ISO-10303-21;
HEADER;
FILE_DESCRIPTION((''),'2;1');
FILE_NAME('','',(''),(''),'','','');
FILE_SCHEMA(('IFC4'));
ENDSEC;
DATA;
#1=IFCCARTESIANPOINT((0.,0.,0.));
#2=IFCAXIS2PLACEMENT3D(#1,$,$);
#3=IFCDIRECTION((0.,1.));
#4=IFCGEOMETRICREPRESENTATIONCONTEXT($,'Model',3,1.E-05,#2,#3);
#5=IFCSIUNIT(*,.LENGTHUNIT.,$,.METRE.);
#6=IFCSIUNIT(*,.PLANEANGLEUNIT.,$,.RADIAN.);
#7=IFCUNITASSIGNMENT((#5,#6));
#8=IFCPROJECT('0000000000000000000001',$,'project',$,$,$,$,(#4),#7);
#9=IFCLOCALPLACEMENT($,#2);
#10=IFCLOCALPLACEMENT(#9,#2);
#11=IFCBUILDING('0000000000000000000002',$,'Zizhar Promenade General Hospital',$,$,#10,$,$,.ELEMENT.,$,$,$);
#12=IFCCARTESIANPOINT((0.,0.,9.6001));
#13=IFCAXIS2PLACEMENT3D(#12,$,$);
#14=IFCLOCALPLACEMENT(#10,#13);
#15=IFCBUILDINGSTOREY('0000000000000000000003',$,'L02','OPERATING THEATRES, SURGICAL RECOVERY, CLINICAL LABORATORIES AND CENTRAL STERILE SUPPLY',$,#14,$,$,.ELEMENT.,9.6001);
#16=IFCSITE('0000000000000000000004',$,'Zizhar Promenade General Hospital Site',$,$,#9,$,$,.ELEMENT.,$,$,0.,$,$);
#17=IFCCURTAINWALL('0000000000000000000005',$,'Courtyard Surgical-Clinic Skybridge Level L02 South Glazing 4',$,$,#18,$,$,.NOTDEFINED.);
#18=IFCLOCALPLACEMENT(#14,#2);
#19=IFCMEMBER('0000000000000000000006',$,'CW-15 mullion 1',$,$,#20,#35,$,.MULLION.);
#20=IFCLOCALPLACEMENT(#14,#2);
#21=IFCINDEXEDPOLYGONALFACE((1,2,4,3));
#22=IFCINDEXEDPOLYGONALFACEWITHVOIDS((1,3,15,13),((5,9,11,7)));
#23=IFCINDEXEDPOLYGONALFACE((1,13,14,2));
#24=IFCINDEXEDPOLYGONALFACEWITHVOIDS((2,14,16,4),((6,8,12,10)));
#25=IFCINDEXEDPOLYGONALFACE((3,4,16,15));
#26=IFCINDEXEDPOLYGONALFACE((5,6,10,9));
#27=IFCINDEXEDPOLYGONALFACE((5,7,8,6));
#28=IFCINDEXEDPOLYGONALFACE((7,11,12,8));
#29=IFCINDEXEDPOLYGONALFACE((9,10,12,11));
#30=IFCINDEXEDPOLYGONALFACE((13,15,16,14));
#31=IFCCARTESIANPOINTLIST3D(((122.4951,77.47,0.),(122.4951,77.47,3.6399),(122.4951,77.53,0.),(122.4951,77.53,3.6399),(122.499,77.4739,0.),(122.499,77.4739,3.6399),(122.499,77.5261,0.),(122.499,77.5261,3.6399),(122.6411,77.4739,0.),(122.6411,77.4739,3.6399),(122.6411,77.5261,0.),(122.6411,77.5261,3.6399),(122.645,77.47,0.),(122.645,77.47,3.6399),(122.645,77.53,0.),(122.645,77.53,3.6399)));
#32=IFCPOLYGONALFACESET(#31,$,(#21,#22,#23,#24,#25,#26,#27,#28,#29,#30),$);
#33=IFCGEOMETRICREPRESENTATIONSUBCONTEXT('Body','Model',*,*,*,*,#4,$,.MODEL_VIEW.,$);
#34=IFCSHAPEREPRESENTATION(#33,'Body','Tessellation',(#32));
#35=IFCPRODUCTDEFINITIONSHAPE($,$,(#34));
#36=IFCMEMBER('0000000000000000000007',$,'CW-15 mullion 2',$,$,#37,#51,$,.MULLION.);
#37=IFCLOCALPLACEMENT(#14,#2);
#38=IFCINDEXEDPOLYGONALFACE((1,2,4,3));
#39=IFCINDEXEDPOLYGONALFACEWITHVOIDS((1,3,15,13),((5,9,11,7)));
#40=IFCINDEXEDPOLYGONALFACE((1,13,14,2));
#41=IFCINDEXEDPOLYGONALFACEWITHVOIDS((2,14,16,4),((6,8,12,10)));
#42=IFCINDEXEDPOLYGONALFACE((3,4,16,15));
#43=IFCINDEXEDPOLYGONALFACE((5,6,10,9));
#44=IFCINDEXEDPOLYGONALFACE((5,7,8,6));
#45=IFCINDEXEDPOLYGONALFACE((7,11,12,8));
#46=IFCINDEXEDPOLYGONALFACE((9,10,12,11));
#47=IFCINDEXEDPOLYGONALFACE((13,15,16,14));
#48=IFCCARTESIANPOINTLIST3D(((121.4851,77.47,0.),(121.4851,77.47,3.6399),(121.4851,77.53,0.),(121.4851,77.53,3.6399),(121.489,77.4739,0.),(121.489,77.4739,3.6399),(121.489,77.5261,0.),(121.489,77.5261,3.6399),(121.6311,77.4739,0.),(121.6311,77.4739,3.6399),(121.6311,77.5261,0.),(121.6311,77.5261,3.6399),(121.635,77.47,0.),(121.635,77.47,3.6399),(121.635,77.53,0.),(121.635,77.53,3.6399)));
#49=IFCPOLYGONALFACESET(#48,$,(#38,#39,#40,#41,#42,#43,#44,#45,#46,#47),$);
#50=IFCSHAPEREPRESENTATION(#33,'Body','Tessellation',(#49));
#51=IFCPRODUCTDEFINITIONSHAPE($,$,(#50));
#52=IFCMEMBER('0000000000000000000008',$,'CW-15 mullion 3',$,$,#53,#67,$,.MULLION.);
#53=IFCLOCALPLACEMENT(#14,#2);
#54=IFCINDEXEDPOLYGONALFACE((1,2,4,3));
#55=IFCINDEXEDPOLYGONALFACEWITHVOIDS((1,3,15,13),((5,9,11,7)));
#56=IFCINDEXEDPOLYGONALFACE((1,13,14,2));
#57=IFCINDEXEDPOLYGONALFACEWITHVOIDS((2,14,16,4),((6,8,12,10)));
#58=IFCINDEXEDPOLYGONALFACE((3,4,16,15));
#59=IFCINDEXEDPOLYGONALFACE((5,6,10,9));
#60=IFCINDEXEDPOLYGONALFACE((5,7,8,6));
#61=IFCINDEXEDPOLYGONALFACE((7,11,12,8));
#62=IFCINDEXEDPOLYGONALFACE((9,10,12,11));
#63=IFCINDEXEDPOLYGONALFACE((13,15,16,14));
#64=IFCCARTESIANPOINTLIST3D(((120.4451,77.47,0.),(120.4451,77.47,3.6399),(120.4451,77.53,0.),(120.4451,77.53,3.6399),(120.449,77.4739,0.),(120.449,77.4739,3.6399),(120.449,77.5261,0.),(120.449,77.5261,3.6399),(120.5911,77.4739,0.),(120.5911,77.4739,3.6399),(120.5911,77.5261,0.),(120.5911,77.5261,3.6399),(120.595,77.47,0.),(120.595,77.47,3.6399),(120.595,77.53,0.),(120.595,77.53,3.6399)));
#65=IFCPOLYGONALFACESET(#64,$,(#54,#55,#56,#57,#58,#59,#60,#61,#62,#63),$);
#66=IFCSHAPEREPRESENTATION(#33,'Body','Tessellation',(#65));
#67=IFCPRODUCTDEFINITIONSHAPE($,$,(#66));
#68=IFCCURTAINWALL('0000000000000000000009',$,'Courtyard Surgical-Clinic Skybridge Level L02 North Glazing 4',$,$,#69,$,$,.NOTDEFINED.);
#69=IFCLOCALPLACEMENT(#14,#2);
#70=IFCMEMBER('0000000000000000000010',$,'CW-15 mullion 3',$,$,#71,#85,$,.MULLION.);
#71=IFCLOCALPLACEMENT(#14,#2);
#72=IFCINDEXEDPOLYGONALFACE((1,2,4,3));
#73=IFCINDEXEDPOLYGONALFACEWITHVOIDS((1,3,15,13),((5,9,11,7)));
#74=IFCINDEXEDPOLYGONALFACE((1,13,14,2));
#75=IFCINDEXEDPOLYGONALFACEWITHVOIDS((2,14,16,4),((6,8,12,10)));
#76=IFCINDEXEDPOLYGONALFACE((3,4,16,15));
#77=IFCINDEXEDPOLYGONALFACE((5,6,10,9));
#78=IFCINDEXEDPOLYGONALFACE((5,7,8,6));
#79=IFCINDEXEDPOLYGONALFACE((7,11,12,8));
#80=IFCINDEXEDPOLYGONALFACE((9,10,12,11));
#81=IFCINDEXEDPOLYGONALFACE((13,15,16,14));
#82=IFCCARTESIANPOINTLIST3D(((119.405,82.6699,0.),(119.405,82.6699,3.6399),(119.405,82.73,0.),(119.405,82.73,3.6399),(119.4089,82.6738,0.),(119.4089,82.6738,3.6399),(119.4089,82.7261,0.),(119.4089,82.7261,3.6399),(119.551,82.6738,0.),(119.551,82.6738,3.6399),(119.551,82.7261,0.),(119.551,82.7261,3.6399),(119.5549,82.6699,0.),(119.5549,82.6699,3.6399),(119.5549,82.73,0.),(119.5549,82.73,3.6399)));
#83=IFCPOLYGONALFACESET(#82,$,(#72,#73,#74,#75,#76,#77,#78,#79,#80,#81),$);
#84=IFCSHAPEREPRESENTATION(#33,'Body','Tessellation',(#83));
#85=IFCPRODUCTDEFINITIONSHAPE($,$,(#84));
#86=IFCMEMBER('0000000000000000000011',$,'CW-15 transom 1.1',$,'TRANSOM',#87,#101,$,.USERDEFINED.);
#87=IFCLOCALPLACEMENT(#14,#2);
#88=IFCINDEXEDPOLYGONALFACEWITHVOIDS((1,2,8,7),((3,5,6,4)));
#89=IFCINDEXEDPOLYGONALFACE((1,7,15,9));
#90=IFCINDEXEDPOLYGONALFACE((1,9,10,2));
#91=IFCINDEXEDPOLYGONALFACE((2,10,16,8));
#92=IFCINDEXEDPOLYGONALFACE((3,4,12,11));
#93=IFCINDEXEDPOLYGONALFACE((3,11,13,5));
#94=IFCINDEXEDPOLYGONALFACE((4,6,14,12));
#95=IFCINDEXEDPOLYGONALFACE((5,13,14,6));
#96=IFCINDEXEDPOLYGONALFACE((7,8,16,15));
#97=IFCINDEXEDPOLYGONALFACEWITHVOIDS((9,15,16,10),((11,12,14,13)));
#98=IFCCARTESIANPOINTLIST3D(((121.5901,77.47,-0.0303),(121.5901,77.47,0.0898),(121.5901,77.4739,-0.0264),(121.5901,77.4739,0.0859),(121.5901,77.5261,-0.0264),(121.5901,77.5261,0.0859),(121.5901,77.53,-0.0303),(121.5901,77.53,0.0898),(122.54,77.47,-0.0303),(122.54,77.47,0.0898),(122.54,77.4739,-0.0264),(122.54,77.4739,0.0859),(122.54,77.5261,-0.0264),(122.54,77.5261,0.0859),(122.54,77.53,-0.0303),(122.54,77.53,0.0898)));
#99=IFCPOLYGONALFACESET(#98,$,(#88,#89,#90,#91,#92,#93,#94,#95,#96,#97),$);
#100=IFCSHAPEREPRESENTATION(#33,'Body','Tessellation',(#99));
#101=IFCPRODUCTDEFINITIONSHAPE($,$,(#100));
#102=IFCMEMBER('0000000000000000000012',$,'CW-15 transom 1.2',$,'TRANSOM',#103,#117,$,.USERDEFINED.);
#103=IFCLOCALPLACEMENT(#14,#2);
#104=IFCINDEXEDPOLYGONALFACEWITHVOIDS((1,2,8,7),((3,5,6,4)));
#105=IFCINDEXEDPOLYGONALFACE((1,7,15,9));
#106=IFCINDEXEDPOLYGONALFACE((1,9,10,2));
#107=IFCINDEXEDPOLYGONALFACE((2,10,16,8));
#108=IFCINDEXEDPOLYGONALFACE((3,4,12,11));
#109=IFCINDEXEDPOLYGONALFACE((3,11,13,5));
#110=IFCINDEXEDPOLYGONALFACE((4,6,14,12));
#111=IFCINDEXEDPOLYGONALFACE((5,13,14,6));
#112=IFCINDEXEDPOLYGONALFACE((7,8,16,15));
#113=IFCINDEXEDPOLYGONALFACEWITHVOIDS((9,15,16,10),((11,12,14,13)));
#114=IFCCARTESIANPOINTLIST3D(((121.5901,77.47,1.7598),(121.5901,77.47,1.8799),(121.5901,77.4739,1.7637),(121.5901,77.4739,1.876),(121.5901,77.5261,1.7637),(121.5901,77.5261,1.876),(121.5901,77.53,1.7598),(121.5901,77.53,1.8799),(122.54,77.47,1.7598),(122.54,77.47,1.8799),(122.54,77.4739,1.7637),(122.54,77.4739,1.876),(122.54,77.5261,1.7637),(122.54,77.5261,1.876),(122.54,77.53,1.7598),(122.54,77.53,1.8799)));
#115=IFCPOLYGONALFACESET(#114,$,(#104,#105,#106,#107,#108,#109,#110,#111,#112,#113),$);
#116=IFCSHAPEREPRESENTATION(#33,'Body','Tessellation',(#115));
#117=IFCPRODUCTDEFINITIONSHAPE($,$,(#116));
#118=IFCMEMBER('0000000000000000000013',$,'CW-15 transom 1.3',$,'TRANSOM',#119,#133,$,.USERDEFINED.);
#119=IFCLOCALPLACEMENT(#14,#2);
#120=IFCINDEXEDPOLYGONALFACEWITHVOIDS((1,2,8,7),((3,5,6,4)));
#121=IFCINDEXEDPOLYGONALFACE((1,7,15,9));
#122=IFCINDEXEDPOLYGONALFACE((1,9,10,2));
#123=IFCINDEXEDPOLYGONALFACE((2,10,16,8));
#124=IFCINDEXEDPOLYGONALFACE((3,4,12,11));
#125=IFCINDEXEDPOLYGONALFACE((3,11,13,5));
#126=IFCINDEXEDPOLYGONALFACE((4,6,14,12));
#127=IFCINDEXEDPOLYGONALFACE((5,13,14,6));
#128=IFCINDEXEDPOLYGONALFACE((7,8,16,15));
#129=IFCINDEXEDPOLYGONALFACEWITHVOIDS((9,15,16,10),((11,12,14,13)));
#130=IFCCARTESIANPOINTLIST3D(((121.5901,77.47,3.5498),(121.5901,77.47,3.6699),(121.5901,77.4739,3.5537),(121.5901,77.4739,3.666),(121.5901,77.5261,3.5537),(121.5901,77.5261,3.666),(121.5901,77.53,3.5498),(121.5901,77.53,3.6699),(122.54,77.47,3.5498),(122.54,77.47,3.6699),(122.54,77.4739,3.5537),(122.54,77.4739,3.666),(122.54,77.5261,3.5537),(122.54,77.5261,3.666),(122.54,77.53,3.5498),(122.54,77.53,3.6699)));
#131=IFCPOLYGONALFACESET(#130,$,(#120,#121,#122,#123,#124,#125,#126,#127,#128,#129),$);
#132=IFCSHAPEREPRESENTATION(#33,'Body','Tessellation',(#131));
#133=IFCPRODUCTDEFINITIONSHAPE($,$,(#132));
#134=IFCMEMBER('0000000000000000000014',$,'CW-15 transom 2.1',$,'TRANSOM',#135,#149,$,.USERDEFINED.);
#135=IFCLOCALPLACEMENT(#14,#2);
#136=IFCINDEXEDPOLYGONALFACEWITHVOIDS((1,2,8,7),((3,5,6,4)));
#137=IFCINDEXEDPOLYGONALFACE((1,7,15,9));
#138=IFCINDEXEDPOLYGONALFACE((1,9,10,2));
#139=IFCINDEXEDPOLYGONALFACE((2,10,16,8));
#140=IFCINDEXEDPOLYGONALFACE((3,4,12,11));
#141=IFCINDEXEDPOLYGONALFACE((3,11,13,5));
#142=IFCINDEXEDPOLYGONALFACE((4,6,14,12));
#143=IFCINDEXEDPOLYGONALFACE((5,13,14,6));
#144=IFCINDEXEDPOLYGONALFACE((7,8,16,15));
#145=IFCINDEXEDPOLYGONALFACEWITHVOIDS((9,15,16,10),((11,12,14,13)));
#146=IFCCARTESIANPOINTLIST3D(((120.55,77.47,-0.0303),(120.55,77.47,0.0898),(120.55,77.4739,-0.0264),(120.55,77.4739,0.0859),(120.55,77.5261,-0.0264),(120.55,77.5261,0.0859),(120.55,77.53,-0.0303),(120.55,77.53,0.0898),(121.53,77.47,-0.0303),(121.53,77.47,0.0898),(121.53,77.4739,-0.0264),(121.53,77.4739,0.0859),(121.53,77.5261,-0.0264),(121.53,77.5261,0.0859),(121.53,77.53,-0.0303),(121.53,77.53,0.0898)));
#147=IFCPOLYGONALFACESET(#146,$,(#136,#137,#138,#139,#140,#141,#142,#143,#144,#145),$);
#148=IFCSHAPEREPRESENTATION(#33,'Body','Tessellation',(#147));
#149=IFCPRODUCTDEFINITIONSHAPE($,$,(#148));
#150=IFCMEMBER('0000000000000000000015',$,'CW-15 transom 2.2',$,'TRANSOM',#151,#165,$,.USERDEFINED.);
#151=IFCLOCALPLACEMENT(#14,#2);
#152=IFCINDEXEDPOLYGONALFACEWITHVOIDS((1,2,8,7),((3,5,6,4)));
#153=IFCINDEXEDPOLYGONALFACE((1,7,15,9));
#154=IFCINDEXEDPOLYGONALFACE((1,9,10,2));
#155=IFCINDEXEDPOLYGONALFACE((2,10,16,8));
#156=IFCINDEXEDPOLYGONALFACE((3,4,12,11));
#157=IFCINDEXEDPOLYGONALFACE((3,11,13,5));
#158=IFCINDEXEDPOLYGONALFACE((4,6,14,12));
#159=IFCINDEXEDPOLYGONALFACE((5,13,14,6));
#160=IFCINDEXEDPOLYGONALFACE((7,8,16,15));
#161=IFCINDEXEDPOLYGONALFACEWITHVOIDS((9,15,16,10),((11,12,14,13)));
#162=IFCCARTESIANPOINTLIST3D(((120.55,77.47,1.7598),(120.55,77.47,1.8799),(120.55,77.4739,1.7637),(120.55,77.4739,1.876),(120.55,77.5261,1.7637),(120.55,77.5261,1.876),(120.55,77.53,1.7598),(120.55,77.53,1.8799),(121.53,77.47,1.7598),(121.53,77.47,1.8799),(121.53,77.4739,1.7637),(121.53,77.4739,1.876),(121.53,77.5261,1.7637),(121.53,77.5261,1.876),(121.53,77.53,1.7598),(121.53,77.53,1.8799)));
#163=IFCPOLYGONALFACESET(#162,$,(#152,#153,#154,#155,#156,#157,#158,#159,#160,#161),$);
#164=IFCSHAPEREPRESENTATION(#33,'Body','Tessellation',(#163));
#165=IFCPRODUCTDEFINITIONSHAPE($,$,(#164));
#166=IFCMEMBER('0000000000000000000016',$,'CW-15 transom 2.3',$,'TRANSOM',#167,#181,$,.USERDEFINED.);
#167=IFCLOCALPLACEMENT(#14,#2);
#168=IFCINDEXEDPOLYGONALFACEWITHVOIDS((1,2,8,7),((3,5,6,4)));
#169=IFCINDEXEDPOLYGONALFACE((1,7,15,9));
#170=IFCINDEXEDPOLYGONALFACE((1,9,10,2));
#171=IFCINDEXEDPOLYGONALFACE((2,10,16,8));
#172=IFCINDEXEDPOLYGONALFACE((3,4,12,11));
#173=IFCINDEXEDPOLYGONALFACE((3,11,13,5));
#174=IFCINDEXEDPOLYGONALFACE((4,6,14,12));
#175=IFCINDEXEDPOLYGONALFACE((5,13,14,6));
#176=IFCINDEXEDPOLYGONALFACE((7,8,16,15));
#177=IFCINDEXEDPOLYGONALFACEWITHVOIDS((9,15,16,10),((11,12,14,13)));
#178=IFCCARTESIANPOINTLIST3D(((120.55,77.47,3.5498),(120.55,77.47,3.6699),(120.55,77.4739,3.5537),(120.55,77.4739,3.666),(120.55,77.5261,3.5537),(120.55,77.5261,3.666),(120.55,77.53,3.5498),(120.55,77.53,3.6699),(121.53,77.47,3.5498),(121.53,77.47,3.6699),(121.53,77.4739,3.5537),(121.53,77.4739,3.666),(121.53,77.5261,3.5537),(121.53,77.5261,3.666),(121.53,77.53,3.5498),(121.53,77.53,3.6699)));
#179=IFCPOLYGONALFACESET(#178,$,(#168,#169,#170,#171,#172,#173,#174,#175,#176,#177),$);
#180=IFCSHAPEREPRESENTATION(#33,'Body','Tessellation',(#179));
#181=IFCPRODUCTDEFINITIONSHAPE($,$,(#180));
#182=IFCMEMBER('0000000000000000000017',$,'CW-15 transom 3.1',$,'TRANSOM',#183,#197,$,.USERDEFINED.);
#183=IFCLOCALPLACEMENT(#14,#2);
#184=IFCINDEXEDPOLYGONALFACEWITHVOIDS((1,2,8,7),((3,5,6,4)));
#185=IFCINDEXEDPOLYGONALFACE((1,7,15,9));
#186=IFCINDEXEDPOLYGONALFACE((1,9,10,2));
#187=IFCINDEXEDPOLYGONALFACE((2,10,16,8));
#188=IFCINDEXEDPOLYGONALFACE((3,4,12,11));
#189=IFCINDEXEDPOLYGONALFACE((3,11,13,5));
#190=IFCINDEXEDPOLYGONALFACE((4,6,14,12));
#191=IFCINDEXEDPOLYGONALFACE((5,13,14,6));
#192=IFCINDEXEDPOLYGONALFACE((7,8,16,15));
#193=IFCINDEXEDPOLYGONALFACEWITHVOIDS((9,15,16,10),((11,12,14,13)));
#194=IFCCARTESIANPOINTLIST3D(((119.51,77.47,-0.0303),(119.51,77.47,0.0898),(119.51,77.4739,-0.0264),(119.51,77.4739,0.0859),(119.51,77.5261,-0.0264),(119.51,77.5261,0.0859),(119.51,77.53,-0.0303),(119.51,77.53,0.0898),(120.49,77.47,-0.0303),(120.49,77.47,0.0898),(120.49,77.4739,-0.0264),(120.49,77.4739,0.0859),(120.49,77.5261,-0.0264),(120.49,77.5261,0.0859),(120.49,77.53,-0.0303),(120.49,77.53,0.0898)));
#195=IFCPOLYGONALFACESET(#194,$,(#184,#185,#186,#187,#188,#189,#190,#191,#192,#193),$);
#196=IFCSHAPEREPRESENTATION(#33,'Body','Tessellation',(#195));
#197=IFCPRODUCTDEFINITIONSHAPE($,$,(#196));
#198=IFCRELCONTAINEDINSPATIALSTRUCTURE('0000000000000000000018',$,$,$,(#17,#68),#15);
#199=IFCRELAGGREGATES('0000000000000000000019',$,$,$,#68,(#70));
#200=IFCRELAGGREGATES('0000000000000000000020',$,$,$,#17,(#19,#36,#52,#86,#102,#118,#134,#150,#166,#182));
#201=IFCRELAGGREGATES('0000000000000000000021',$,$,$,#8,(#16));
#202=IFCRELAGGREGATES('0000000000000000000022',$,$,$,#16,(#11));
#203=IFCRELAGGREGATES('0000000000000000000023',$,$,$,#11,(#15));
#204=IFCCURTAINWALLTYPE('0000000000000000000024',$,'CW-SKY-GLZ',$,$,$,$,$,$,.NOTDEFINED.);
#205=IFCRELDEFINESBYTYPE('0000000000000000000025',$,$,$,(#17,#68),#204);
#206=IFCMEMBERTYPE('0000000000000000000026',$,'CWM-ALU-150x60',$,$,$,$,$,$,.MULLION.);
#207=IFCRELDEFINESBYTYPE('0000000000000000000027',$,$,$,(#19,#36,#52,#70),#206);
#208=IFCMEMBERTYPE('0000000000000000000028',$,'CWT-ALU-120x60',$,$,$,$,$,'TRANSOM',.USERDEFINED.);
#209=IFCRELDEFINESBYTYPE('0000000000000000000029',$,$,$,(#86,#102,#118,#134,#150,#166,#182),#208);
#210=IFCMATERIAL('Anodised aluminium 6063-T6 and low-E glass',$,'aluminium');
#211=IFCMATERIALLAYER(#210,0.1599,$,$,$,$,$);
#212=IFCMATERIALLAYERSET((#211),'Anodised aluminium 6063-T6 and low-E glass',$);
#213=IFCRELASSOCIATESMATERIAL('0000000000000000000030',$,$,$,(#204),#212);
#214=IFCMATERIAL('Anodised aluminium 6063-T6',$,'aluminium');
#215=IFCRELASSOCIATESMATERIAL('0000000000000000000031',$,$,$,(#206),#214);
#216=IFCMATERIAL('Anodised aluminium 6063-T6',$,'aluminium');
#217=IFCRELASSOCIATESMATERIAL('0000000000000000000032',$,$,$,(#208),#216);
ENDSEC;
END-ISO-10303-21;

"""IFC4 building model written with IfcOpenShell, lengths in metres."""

from ifc_helpers import new_model, si_unit, direction, frame, origin, origin_2d, place, context, subcontext, project, spatial, hollow_rectangle, extrude, material, layer, layer_set, material_profile, profile_set, type_object, element, aggregate, save


model = new_model("IFC4")

# Units and contexts
model_context = context("Model", 3, precision=1e-05, world=origin(), true_north=direction((0.0, 1.0)))
body_context = subcontext(model_context, "Body", "Model", "MODEL_VIEW")
ifc_project = project(units=[si_unit("LENGTHUNIT", "METRE"), si_unit("PLANEANGLEUNIT", "RADIAN")], contexts=[model_context])

# Site, building, storey
site_placement = place(None, origin())
site = spatial("IfcSite", under=ifc_project, at=site_placement, Name="Zizhar Promenade General Hospital Site", CompositionType="ELEMENT", RefElevation=0.0)
building_placement = place(site_placement, origin())
building = spatial("IfcBuilding", under=site, at=building_placement, Name="Zizhar Promenade General Hospital", CompositionType="ELEMENT")
storey_placement = place(building_placement, frame((0.0, 0.0, 9.6001)))
storey = spatial("IfcBuildingStorey", under=building, at=storey_placement, Name="L02", Description="OPERATING THEATRES, SURGICAL RECOVERY, CLINICAL LABORATORIES AND CENTRAL STERILE SUPPLY", CompositionType="ELEMENT", Elevation=9.6001)

# Curtain wall, members
ifc_material_1 = material(Name="Anodised aluminium 6063-T6 and low-E glass", Category="aluminium")
ifc_layer_1 = layer(ifc_material_1, 0.1599)
ifc_layer_set_1 = layer_set([ifc_layer_1], Name="Anodised aluminium 6063-T6 and low-E glass")
curtain_wall_type = type_object("IfcCurtainWallType", Name="CW-SKY-GLZ", PredefinedType="NOTDEFINED", material=ifc_layer_set_1)
curtain_wall_1_placement = place(storey_placement, origin())
curtain_wall_1 = element("IfcCurtainWall", 1, at=curtain_wall_1_placement, inside=storey, type_object=curtain_wall_type, Name="Courtyard Surgical-Clinic Skybridge Level L02 South Glazing 4", PredefinedType="NOTDEFINED")
ifc_material_2 = material(Name="Anodised aluminium 6063-T6", Category="aluminium")
ifc_material_profile_1 = material_profile(ifc_material_2, hollow_rectangle(XDim=0.0601, YDim=0.1499, WallThickness=0.0039, at=origin_2d()))
ifc_profile_set_1 = profile_set([ifc_material_profile_1], Name="Anodised aluminium 6063-T6")
member_type_1 = type_object("IfcMemberType", Name="CWM-ALU-150x60", PredefinedType="MULLION", material=ifc_profile_set_1)
member_1_placement = place(storey_placement, frame((122.5701, 77.5, 0.0), z_axis=(0.0, 0.0, 1.0), x_axis=(0.0, -1.0, 0.0)))
member_1 = element("IfcMember", 2, at=member_1_placement, type_object=member_type_1, Name="CW-15 mullion 1", PredefinedType="MULLION", context=body_context, shape_type="SweptSolid", body=[
    extrude(hollow_rectangle(XDim=0.0601, YDim=0.1499, WallThickness=0.0039, at=origin_2d()), origin(), (0.0, 0.0, 1.0), 3.6399),
])
member_2_placement = place(storey_placement, frame((121.5601, 77.5, 0.0), z_axis=(0.0, 0.0, 1.0), x_axis=(0.0, -1.0, 0.0)))
member_2 = element("IfcMember", 3, at=member_2_placement, type_object=member_type_1, Name="CW-15 mullion 2", PredefinedType="MULLION", context=body_context, shape_type="SweptSolid", body=[
    extrude(hollow_rectangle(XDim=0.0601, YDim=0.1499, WallThickness=0.0039, at=origin_2d()), origin(), (0.0, 0.0, 1.0), 3.6399),
])
member_3_placement = place(storey_placement, frame((120.52, 77.5, 0.0), z_axis=(0.0, 0.0, 1.0), x_axis=(0.0, -1.0, 0.0)))
member_3 = element("IfcMember", 4, at=member_3_placement, type_object=member_type_1, Name="CW-15 mullion 3", PredefinedType="MULLION", context=body_context, shape_type="SweptSolid", body=[
    extrude(hollow_rectangle(XDim=0.0601, YDim=0.1499, WallThickness=0.0039, at=origin_2d()), origin(), (0.0, 0.0, 1.0), 3.6399),
])

# Curtain wall, member
curtain_wall_2_placement = place(storey_placement, origin())
curtain_wall_2 = element("IfcCurtainWall", 5, at=curtain_wall_2_placement, inside=storey, type_object=curtain_wall_type, Name="Courtyard Surgical-Clinic Skybridge Level L02 North Glazing 4", PredefinedType="NOTDEFINED")
member_4_placement = place(storey_placement, frame((119.48, 82.7, 0.0), z_axis=(0.0, 0.0, 1.0), x_axis=(0.0, 1.0, 0.0)))
member_4 = element("IfcMember", 6, at=member_4_placement, type_object=member_type_1, Name="CW-15 mullion 3", PredefinedType="MULLION", context=body_context, shape_type="SweptSolid", body=[
    extrude(hollow_rectangle(XDim=0.0601, YDim=0.1499, WallThickness=0.0039, at=origin_2d()), origin(), (0.0, 0.0, 1.0), 3.6399),
])
aggregate(curtain_wall_2, [member_4])

# Members
ifc_material_3 = material(Name="Anodised aluminium 6063-T6", Category="aluminium")
ifc_material_profile_2 = material_profile(ifc_material_3, hollow_rectangle(XDim=0.0601, YDim=0.1201, WallThickness=0.0039, at=origin_2d()))
ifc_profile_set_2 = profile_set([ifc_material_profile_2], Name="Anodised aluminium 6063-T6")
member_type_2 = type_object("IfcMemberType", Name="CWT-ALU-120x60", ElementType="TRANSOM", PredefinedType="USERDEFINED", material=ifc_profile_set_2)
member_5_placement = place(storey_placement, frame((122.54, 77.5, 0.0298), z_axis=(-1.0, 0.0, 0.0), x_axis=(0.0, -1.0, 0.0)))
member_5 = element("IfcMember", 7, at=member_5_placement, type_object=member_type_2, Name="CW-15 transom 1.1", ObjectType="TRANSOM", PredefinedType="USERDEFINED", context=body_context, shape_type="SweptSolid", body=[
    extrude(hollow_rectangle(XDim=0.0601, YDim=0.1201, WallThickness=0.0039, at=origin_2d()), origin(), (0.0, 0.0, 1.0), 0.95),
])
member_6_placement = place(storey_placement, frame((122.54, 77.5, 1.8198), z_axis=(-1.0, 0.0, 0.0), x_axis=(0.0, -1.0, 0.0)))
member_6 = element("IfcMember", 8, at=member_6_placement, type_object=member_type_2, Name="CW-15 transom 1.2", ObjectType="TRANSOM", PredefinedType="USERDEFINED", context=body_context, shape_type="SweptSolid", body=[
    extrude(hollow_rectangle(XDim=0.0601, YDim=0.1201, WallThickness=0.0039, at=origin_2d()), origin(), (0.0, 0.0, 1.0), 0.95),
])
member_7_placement = place(storey_placement, frame((122.54, 77.5, 3.6099), z_axis=(-1.0, 0.0, 0.0), x_axis=(0.0, -1.0, 0.0)))
member_7 = element("IfcMember", 9, at=member_7_placement, type_object=member_type_2, Name="CW-15 transom 1.3", ObjectType="TRANSOM", PredefinedType="USERDEFINED", context=body_context, shape_type="SweptSolid", body=[
    extrude(hollow_rectangle(XDim=0.0601, YDim=0.1201, WallThickness=0.0039, at=origin_2d()), origin(), (0.0, 0.0, 1.0), 0.95),
])
member_8_placement = place(storey_placement, frame((121.53, 77.5, 0.0298), z_axis=(-1.0, 0.0, 0.0), x_axis=(0.0, -1.0, 0.0)))
member_8 = element("IfcMember", 10, at=member_8_placement, type_object=member_type_2, Name="CW-15 transom 2.1", ObjectType="TRANSOM", PredefinedType="USERDEFINED", context=body_context, shape_type="SweptSolid", body=[
    extrude(hollow_rectangle(XDim=0.0601, YDim=0.1201, WallThickness=0.0039, at=origin_2d()), origin(), (0.0, 0.0, 1.0), 0.98),
])
member_9_placement = place(storey_placement, frame((121.53, 77.5, 1.8198), z_axis=(-1.0, 0.0, 0.0), x_axis=(0.0, -1.0, 0.0)))
member_9 = element("IfcMember", 11, at=member_9_placement, type_object=member_type_2, Name="CW-15 transom 2.2", ObjectType="TRANSOM", PredefinedType="USERDEFINED", context=body_context, shape_type="SweptSolid", body=[
    extrude(hollow_rectangle(XDim=0.0601, YDim=0.1201, WallThickness=0.0039, at=origin_2d()), origin(), (0.0, 0.0, 1.0), 0.98),
])
member_10_placement = place(storey_placement, frame((121.53, 77.5, 3.6099), z_axis=(-1.0, 0.0, 0.0), x_axis=(0.0, -1.0, 0.0)))
member_10 = element("IfcMember", 12, at=member_10_placement, type_object=member_type_2, Name="CW-15 transom 2.3", ObjectType="TRANSOM", PredefinedType="USERDEFINED", context=body_context, shape_type="SweptSolid", body=[
    extrude(hollow_rectangle(XDim=0.0601, YDim=0.1201, WallThickness=0.0039, at=origin_2d()), origin(), (0.0, 0.0, 1.0), 0.98),
])
member_11_placement = place(storey_placement, frame((120.49, 77.5, 0.0298), z_axis=(-1.0, 0.0, 0.0), x_axis=(0.0, -1.0, 0.0)))
member_11 = element("IfcMember", 13, at=member_11_placement, type_object=member_type_2, Name="CW-15 transom 3.1", ObjectType="TRANSOM", PredefinedType="USERDEFINED", context=body_context, shape_type="SweptSolid", body=[
    extrude(hollow_rectangle(XDim=0.0601, YDim=0.1201, WallThickness=0.0039, at=origin_2d()), origin(), (0.0, 0.0, 1.0), 0.98),
])

aggregate(curtain_wall_1, [member_1, member_2, member_3, member_5, member_6, member_7, member_8, member_9, member_10, member_11])

save(model, "model.ifc")
